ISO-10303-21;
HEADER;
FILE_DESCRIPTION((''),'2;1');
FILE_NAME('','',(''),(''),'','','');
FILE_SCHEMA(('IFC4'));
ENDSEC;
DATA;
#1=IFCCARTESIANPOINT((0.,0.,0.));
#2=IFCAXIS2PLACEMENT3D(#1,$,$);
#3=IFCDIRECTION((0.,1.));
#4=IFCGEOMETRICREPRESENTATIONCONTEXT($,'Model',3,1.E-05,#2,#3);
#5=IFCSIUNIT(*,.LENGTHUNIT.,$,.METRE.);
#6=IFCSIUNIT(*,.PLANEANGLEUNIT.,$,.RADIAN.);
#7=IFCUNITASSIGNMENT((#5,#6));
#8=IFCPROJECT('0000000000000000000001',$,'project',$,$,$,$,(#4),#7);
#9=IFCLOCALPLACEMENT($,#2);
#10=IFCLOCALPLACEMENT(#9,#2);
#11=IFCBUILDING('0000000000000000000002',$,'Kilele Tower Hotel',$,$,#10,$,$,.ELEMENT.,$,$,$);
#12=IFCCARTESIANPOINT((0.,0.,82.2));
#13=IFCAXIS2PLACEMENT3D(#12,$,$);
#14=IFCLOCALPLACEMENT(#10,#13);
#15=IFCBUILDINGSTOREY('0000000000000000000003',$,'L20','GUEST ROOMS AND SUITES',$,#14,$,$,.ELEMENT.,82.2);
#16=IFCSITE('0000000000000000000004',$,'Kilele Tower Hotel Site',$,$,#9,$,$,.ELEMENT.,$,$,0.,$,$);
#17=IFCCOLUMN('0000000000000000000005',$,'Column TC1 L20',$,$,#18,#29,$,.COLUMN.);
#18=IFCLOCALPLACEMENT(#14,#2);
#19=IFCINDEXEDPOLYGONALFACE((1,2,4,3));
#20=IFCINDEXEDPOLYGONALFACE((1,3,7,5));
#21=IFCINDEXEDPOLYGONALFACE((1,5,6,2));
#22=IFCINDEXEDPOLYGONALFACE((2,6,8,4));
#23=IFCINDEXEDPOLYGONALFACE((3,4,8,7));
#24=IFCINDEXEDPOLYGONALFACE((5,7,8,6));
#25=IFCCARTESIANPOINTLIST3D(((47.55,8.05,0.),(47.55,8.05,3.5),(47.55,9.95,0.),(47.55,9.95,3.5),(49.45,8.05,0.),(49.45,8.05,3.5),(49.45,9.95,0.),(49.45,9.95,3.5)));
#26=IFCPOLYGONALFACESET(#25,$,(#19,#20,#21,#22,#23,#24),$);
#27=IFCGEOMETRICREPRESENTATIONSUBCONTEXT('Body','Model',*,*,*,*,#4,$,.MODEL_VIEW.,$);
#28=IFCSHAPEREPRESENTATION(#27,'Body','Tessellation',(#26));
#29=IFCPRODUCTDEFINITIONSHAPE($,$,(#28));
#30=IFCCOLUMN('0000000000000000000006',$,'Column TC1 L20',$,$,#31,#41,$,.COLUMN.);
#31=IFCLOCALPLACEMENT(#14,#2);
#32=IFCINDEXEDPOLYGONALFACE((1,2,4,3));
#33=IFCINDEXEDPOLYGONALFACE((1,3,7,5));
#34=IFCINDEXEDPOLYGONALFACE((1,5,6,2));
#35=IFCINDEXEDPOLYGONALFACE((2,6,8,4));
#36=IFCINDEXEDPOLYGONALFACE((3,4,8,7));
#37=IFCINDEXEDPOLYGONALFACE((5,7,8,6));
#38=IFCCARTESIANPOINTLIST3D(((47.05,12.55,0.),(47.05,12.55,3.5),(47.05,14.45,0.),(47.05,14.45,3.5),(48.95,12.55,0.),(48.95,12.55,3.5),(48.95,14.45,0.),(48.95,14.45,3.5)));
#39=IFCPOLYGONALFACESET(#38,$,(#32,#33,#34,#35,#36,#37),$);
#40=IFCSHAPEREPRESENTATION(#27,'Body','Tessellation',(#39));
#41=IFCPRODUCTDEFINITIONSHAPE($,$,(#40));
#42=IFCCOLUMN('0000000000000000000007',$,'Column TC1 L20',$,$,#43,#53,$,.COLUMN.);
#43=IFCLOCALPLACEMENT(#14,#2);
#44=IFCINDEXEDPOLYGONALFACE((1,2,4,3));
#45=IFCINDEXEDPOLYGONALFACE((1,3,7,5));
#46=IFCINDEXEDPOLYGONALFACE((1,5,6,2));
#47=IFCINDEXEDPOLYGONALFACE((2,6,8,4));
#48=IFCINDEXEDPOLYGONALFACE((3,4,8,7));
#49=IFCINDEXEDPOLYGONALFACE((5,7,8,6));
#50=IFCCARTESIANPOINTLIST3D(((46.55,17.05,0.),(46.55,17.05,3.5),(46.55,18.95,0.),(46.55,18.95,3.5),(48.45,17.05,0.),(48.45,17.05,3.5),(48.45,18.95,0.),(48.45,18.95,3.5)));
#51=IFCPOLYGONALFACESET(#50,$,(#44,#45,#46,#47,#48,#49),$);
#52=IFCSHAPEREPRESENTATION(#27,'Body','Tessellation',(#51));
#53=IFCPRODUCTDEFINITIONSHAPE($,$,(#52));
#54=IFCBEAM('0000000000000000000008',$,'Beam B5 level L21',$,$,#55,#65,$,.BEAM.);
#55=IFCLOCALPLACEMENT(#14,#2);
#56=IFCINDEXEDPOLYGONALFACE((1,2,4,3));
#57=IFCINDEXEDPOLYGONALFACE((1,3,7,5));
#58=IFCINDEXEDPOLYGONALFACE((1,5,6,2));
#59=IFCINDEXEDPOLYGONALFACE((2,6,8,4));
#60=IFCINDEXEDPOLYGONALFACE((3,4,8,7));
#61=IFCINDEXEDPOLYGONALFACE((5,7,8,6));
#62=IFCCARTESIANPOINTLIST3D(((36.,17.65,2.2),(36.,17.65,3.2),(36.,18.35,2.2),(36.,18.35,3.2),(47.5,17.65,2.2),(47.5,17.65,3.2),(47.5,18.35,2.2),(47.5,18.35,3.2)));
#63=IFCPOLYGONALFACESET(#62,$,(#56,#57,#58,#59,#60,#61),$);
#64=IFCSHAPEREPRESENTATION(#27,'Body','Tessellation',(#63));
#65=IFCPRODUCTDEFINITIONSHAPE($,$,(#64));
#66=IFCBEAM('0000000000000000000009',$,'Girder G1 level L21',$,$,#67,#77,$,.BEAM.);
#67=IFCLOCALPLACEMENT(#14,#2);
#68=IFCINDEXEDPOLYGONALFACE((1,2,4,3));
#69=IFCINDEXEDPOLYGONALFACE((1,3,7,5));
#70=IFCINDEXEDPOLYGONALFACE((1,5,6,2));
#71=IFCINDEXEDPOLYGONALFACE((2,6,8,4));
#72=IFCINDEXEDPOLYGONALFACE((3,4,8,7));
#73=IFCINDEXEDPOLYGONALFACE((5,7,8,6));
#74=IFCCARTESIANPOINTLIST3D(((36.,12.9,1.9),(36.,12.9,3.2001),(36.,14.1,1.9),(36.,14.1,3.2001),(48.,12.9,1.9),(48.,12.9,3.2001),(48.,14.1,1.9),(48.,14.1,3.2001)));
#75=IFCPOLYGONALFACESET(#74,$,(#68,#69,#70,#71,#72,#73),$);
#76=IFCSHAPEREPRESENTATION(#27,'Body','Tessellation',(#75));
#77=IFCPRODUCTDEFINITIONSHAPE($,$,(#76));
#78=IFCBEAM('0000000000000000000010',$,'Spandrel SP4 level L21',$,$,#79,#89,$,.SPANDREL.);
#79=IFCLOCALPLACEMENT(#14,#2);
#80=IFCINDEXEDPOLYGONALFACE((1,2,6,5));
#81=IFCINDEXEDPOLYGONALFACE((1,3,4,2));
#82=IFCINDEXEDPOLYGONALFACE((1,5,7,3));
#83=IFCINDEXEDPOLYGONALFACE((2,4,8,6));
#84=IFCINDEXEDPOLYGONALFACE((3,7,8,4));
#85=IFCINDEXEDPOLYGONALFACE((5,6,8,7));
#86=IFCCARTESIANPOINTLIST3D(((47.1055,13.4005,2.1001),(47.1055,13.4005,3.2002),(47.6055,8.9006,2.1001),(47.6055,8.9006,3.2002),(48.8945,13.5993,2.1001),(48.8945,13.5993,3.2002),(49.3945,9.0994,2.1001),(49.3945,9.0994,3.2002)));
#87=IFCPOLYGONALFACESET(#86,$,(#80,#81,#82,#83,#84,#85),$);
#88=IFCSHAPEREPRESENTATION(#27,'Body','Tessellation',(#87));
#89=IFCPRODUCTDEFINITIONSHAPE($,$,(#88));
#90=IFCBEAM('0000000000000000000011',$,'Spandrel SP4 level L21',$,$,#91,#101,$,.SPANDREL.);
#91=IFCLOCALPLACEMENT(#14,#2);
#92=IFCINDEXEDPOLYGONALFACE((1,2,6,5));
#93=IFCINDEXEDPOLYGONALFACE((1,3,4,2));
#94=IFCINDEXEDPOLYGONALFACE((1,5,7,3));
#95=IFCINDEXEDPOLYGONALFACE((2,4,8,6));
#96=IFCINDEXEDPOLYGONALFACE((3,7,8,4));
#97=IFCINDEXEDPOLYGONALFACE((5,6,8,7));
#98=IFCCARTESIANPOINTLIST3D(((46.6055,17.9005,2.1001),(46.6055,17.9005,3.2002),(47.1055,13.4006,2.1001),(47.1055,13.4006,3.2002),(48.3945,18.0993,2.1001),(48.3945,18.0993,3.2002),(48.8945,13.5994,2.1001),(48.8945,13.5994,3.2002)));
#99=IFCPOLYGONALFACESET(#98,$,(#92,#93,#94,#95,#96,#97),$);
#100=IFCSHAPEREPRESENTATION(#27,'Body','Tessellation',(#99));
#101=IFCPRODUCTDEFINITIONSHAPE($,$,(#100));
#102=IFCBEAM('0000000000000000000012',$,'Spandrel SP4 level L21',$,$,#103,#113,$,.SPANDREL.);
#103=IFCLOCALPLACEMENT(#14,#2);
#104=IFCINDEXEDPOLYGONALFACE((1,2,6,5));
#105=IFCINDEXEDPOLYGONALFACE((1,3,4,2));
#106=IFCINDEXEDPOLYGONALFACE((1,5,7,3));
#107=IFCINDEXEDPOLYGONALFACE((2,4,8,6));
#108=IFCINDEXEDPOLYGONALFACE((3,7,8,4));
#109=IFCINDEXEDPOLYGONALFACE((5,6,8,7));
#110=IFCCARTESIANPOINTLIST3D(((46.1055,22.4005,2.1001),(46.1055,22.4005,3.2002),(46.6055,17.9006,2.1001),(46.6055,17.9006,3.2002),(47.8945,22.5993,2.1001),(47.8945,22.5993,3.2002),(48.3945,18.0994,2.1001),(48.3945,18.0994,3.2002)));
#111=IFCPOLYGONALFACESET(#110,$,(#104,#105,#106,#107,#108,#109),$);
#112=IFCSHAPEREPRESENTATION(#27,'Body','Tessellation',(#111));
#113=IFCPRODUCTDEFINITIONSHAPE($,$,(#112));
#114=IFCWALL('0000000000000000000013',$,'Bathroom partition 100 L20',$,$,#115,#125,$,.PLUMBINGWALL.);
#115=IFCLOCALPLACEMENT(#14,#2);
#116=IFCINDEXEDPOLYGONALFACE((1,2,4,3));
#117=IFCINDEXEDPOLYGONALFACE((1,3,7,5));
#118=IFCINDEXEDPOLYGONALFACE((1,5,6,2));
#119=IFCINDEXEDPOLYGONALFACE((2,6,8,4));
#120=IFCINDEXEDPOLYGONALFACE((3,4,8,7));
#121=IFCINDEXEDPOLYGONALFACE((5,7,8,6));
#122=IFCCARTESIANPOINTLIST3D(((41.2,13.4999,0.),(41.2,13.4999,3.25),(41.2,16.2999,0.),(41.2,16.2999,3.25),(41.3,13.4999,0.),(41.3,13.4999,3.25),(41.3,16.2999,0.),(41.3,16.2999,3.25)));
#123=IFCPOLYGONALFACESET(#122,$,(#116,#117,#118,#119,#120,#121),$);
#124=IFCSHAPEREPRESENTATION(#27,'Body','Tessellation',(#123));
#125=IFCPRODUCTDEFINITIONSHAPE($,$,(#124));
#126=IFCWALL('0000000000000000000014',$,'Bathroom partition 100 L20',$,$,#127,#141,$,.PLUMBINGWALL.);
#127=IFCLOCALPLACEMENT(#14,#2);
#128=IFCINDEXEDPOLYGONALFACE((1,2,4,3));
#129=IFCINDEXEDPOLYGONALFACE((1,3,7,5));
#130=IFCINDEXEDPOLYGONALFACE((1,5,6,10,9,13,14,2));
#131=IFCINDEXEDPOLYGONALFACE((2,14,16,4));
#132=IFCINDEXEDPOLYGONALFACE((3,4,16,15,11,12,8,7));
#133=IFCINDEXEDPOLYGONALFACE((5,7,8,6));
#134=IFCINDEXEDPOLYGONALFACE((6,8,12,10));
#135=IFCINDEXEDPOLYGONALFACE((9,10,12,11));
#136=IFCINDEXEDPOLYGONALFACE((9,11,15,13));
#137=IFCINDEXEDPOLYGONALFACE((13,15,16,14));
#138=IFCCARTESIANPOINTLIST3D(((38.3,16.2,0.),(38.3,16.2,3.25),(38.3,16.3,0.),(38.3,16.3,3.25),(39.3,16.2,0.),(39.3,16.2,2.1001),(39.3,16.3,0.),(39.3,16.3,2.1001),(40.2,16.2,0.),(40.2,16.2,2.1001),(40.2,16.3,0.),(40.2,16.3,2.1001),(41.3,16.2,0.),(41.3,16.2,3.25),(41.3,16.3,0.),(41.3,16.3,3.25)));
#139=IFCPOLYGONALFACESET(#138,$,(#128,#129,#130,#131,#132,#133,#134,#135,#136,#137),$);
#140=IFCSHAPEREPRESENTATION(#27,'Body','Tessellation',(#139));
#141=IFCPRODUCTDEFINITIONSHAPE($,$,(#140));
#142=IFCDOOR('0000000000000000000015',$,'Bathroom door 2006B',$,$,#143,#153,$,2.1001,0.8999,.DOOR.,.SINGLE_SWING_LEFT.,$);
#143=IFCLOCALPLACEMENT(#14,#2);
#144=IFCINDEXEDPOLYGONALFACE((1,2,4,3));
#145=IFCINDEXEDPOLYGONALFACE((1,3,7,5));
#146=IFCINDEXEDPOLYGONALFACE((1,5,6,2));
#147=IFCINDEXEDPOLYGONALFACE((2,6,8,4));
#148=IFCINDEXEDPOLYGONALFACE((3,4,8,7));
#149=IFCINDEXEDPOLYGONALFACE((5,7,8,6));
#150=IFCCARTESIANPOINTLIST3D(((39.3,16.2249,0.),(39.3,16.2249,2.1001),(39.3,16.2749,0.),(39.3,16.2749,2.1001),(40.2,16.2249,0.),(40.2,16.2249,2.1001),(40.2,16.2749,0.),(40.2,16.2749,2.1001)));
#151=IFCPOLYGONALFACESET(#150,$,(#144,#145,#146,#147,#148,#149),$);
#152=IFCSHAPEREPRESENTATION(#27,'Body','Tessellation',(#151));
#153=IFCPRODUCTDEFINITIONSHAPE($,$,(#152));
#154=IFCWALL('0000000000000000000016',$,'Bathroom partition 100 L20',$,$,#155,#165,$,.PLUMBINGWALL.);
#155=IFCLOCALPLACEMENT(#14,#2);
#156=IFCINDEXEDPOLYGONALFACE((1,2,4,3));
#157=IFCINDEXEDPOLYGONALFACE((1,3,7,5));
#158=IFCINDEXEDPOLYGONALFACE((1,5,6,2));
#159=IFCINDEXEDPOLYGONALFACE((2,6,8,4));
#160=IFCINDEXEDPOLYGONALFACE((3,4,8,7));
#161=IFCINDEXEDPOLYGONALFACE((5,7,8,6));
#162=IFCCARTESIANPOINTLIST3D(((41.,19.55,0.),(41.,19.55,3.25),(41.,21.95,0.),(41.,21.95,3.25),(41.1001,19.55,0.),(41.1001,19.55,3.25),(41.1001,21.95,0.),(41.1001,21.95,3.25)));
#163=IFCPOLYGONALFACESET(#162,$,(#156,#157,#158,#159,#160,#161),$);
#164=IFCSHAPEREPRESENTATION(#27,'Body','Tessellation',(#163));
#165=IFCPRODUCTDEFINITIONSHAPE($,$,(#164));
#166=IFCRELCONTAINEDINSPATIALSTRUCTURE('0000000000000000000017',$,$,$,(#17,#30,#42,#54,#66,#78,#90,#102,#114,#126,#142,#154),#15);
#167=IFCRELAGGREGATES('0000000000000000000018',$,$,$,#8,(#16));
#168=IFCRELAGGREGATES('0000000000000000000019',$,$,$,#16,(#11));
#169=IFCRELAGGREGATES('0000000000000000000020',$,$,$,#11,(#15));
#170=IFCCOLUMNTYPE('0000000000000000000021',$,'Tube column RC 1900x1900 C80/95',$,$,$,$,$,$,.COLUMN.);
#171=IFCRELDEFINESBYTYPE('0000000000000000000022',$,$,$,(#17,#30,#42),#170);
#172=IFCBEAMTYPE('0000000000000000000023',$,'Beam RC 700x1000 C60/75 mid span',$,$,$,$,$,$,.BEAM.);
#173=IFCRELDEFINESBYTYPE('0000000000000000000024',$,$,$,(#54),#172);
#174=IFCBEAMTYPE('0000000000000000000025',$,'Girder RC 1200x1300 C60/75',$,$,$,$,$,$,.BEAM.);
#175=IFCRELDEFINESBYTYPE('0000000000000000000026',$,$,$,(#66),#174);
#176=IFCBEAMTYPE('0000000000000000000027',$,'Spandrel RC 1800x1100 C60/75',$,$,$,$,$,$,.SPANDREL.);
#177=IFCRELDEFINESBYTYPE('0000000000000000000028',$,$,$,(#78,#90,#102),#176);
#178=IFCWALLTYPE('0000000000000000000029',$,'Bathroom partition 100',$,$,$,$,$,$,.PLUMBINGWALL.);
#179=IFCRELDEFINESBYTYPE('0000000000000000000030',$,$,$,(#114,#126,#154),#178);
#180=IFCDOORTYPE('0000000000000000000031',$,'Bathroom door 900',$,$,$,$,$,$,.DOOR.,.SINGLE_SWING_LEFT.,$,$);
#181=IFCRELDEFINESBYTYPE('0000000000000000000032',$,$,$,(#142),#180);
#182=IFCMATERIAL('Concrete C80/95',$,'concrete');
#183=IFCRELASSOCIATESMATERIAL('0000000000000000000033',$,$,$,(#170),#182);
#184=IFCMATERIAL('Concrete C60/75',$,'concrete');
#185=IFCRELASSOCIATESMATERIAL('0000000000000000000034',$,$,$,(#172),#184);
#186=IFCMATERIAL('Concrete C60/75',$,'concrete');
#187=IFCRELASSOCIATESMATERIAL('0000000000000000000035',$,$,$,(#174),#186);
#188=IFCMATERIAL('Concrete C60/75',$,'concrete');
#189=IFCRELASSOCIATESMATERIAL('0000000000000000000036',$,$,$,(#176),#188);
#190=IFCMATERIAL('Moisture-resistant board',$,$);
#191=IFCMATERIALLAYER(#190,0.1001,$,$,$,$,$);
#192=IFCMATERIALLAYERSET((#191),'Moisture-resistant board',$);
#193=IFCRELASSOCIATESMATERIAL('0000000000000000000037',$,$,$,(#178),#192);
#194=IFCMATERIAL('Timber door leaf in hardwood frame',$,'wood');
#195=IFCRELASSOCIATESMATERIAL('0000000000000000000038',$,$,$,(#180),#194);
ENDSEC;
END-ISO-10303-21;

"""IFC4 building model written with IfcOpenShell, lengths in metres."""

from ifc_helpers import new_model, si_unit, direction, frame, frame_2d, origin, origin_2d, place, context, subcontext, project, spatial, rectangle, extrude, material, layer, layer_set, material_profile, profile_set, type_object, element, fill, save


model = new_model("IFC4")

# Units and contexts
model_context = context("Model", 3, precision=1e-05, world=origin(), true_north=direction((0.0, 1.0)))
body_context = subcontext(model_context, "Body", "Model", "MODEL_VIEW")
ifc_project = project(units=[si_unit("LENGTHUNIT", "METRE"), si_unit("PLANEANGLEUNIT", "RADIAN")], contexts=[model_context])

# Site, building, storey
site_placement = place(None, origin())
site = spatial("IfcSite", under=ifc_project, at=site_placement, Name="Kilele Tower Hotel Site", CompositionType="ELEMENT", RefElevation=0.0)
building_placement = place(site_placement, origin())
building = spatial("IfcBuilding", under=site, at=building_placement, Name="Kilele Tower Hotel", CompositionType="ELEMENT")
storey_placement = place(building_placement, frame((0.0, 0.0, 82.2)))
storey = spatial("IfcBuildingStorey", under=building, at=storey_placement, Name="L20", Description="GUEST ROOMS AND SUITES", CompositionType="ELEMENT", Elevation=82.2)

# Columns
ifc_material_1 = material(Name="Concrete C80/95", Category="concrete")
ifc_material_profile_1 = material_profile(ifc_material_1, rectangle(XDim=1.8999, YDim=1.8999, at=origin_2d()))
ifc_profile_set_1 = profile_set([ifc_material_profile_1], Name="Concrete C80/95")
column_type = type_object("IfcColumnType", Name="Tube column RC 1900x1900 C80/95", PredefinedType="COLUMN", material=ifc_profile_set_1)
for number, where, z_axis, x_axis, name in (
    (1, (48.5, 9.0, 0.0), (0.0, 0.0, 1.0), (1.0, 0.0, 0.0), "Column TC1 L20"),
    (2, (48.0, 13.5, 0.0), (0.0, 0.0, 1.0), (1.0, 0.0, 0.0), "Column TC1 L20"),
    (3, (47.5, 18.0, 0.0), (0.0, 0.0, 1.0), (1.0, 0.0, 0.0), "Column TC1 L20"),
):
    element("IfcColumn", number, at=place(storey_placement, frame(where, z_axis=z_axis, x_axis=x_axis)), inside=storey, type_object=column_type, Name=name, PredefinedType="COLUMN", context=body_context, shape_type="SweptSolid", body=[
        extrude(rectangle(XDim=1.8999, YDim=1.8999, at=origin_2d()), origin(), (0.0, 0.0, 1.0), 3.5),
    ])

# Beams
ifc_material_2 = material(Name="Concrete C60/75", Category="concrete")
ifc_material_profile_2 = material_profile(ifc_material_2, rectangle(XDim=0.7, YDim=1.0, at=origin_2d()))
ifc_profile_set_2 = profile_set([ifc_material_profile_2], Name="Concrete C60/75")
beam_type_1 = type_object("IfcBeamType", Name="Beam RC 700x1000 C60/75 mid span", PredefinedType="BEAM", material=ifc_profile_set_2)
beam_1_placement = place(storey_placement, frame((47.5, 18.0, 2.7), z_axis=(-1.0, 0.0, 0.0), x_axis=(0.0, -1.0, 0.0)))
element("IfcBeam", 4, at=beam_1_placement, inside=storey, type_object=beam_type_1, Name="Beam B5 level L21", PredefinedType="BEAM", context=body_context, shape_type="SweptSolid", body=[
    extrude(rectangle(XDim=0.7, YDim=1.0, at=origin_2d()), origin(), (0.0, 0.0, 1.0), 11.5),
])
ifc_material_3 = material(Name="Concrete C60/75", Category="concrete")
ifc_material_profile_3 = material_profile(ifc_material_3, rectangle(XDim=1.2, YDim=1.3, at=origin_2d()))
ifc_profile_set_3 = profile_set([ifc_material_profile_3], Name="Concrete C60/75")
beam_type_2 = type_object("IfcBeamType", Name="Girder RC 1200x1300 C60/75", PredefinedType="BEAM", material=ifc_profile_set_3)
beam_2_placement = place(storey_placement, frame((48.0, 13.5, 2.55), z_axis=(-1.0, 0.0, 0.0), x_axis=(0.0, -1.0, 0.0)))
element("IfcBeam", 5, at=beam_2_placement, inside=storey, type_object=beam_type_2, Name="Girder G1 level L21", PredefinedType="BEAM", context=body_context, shape_type="SweptSolid", body=[
    extrude(rectangle(XDim=1.2, YDim=1.3, at=origin_2d()), origin(), (0.0, 0.0, 1.0), 12.0),
])
ifc_material_4 = material(Name="Concrete C60/75", Category="concrete")
ifc_material_profile_4 = material_profile(ifc_material_4, rectangle(XDim=1.8, YDim=1.1001, at=origin_2d()))
ifc_profile_set_4 = profile_set([ifc_material_profile_4], Name="Concrete C60/75")
beam_type_3 = type_object("IfcBeamType", Name="Spandrel RC 1800x1100 C60/75", PredefinedType="SPANDREL", material=ifc_profile_set_4)
for number, where, z_axis, x_axis, name in (
    (6, (48.5, 9.0, 2.6501), (-0.110432, 0.993884, 0.0), (-0.993884, -0.110432, 0.0), "Spandrel SP4 level L21"),
    (7, (48.0, 13.5, 2.6501), (-0.110432, 0.993884, 0.0), (-0.993884, -0.110432, 0.0), "Spandrel SP4 level L21"),
    (8, (47.5, 18.0, 2.6501), (-0.110432, 0.993884, 0.0), (-0.993884, -0.110432, 0.0), "Spandrel SP4 level L21"),
):
    element("IfcBeam", number, at=place(storey_placement, frame(where, z_axis=z_axis, x_axis=x_axis)), inside=storey, type_object=beam_type_3, Name=name, PredefinedType="SPANDREL", context=body_context, shape_type="SweptSolid", body=[
        extrude(rectangle(XDim=1.8, YDim=1.1001, at=origin_2d()), origin(), (0.0, 0.0, 1.0), 4.5276),
    ])

# Wall
ifc_material_5 = material(Name="Moisture-resistant board")
ifc_layer_1 = layer(ifc_material_5, 0.1001)
ifc_layer_set_1 = layer_set([ifc_layer_1], Name="Moisture-resistant board")
wall_type_1 = type_object("IfcWallType", Name="Bathroom partition 100", PredefinedType="PLUMBINGWALL", material=ifc_layer_set_1)
wall_1_placement = place(storey_placement, frame((41.25, 13.5, 0.0), z_axis=(0.0, 0.0, 1.0), x_axis=(0.0, 1.0, 0.0)))
element("IfcWall", 9, at=wall_1_placement, inside=storey, type_object=wall_type_1, Name="Bathroom partition 100 L20", PredefinedType="PLUMBINGWALL", context=body_context, shape_type="SweptSolid", body=[
    extrude(rectangle(XDim=2.8, YDim=0.1001, at=frame_2d((1.3999, 0.0))), origin(), (0.0, 0.0, 1.0), 3.25),
])

# Wall, opening, door
wall_2_placement = place(storey_placement, frame((38.3, 16.25, 0.0), z_axis=(0.0, 0.0, 1.0), x_axis=(1.0, 0.0, 0.0)))
wall_2 = element("IfcWall", 10, at=wall_2_placement, inside=storey, type_object=wall_type_1, Name="Bathroom partition 100 L20", PredefinedType="PLUMBINGWALL", context=body_context, shape_type="SweptSolid", body=[
    extrude(rectangle(XDim=3.0, YDim=0.1001, at=frame_2d((1.5, 0.0))), origin(), (0.0, 0.0, 1.0), 3.25),
])
opening_1_placement = place(wall_2_placement, frame((1.0, 0.0, 0.0)))
opening_1 = element("IfcOpeningElement", 11, at=opening_1_placement, cuts=wall_2, PredefinedType="OPENING", context=body_context, shape_type="SweptSolid", body=[
    extrude(rectangle(XDim=0.8999, YDim=2.1001, at=frame_2d((0.45, 1.05))), frame((0.0, 0.0601, 0.0), z_axis=(0.0, -1.0, 0.0), x_axis=(1.0, 0.0, 0.0)), (0.0, 0.0, 1.0), 0.1201),
])
ifc_material_6 = material(Name="Timber door leaf in hardwood frame", Category="wood")
door_type_1 = type_object("IfcDoorType", Name="Bathroom door 900", OperationType="SINGLE_SWING_LEFT", PredefinedType="DOOR", material=ifc_material_6)
door_1_placement = place(opening_1_placement, origin())
door_1 = element("IfcDoor", 12, at=door_1_placement, inside=storey, type_object=door_type_1, Name="Bathroom door 2006B", OperationType="SINGLE_SWING_LEFT", OverallHeight=2.1001, OverallWidth=0.8999, PredefinedType="DOOR", context=body_context, shape_type="SweptSolid", body=[
    extrude(rectangle(XDim=0.8999, YDim=2.1001, at=frame_2d((0.45, 1.05))), frame((0.0, 0.0249, 0.0), z_axis=(0.0, -1.0, 0.0), x_axis=(1.0, 0.0, 0.0)), (0.0, 0.0, 1.0), 0.05),
])
fill(opening_1, door_1)

# Wall
wall_3_placement = place(storey_placement, frame((41.05, 19.55, 0.0), z_axis=(0.0, 0.0, 1.0), x_axis=(0.0, 1.0, 0.0)))
element("IfcWall", 13, at=wall_3_placement, inside=storey, type_object=wall_type_1, Name="Bathroom partition 100 L20", PredefinedType="PLUMBINGWALL", context=body_context, shape_type="SweptSolid", body=[
    extrude(rectangle(XDim=2.3999, YDim=0.1001, at=frame_2d((1.2, 0.0))), origin(), (0.0, 0.0, 1.0), 3.25),
])

save(model, "model.ifc")
